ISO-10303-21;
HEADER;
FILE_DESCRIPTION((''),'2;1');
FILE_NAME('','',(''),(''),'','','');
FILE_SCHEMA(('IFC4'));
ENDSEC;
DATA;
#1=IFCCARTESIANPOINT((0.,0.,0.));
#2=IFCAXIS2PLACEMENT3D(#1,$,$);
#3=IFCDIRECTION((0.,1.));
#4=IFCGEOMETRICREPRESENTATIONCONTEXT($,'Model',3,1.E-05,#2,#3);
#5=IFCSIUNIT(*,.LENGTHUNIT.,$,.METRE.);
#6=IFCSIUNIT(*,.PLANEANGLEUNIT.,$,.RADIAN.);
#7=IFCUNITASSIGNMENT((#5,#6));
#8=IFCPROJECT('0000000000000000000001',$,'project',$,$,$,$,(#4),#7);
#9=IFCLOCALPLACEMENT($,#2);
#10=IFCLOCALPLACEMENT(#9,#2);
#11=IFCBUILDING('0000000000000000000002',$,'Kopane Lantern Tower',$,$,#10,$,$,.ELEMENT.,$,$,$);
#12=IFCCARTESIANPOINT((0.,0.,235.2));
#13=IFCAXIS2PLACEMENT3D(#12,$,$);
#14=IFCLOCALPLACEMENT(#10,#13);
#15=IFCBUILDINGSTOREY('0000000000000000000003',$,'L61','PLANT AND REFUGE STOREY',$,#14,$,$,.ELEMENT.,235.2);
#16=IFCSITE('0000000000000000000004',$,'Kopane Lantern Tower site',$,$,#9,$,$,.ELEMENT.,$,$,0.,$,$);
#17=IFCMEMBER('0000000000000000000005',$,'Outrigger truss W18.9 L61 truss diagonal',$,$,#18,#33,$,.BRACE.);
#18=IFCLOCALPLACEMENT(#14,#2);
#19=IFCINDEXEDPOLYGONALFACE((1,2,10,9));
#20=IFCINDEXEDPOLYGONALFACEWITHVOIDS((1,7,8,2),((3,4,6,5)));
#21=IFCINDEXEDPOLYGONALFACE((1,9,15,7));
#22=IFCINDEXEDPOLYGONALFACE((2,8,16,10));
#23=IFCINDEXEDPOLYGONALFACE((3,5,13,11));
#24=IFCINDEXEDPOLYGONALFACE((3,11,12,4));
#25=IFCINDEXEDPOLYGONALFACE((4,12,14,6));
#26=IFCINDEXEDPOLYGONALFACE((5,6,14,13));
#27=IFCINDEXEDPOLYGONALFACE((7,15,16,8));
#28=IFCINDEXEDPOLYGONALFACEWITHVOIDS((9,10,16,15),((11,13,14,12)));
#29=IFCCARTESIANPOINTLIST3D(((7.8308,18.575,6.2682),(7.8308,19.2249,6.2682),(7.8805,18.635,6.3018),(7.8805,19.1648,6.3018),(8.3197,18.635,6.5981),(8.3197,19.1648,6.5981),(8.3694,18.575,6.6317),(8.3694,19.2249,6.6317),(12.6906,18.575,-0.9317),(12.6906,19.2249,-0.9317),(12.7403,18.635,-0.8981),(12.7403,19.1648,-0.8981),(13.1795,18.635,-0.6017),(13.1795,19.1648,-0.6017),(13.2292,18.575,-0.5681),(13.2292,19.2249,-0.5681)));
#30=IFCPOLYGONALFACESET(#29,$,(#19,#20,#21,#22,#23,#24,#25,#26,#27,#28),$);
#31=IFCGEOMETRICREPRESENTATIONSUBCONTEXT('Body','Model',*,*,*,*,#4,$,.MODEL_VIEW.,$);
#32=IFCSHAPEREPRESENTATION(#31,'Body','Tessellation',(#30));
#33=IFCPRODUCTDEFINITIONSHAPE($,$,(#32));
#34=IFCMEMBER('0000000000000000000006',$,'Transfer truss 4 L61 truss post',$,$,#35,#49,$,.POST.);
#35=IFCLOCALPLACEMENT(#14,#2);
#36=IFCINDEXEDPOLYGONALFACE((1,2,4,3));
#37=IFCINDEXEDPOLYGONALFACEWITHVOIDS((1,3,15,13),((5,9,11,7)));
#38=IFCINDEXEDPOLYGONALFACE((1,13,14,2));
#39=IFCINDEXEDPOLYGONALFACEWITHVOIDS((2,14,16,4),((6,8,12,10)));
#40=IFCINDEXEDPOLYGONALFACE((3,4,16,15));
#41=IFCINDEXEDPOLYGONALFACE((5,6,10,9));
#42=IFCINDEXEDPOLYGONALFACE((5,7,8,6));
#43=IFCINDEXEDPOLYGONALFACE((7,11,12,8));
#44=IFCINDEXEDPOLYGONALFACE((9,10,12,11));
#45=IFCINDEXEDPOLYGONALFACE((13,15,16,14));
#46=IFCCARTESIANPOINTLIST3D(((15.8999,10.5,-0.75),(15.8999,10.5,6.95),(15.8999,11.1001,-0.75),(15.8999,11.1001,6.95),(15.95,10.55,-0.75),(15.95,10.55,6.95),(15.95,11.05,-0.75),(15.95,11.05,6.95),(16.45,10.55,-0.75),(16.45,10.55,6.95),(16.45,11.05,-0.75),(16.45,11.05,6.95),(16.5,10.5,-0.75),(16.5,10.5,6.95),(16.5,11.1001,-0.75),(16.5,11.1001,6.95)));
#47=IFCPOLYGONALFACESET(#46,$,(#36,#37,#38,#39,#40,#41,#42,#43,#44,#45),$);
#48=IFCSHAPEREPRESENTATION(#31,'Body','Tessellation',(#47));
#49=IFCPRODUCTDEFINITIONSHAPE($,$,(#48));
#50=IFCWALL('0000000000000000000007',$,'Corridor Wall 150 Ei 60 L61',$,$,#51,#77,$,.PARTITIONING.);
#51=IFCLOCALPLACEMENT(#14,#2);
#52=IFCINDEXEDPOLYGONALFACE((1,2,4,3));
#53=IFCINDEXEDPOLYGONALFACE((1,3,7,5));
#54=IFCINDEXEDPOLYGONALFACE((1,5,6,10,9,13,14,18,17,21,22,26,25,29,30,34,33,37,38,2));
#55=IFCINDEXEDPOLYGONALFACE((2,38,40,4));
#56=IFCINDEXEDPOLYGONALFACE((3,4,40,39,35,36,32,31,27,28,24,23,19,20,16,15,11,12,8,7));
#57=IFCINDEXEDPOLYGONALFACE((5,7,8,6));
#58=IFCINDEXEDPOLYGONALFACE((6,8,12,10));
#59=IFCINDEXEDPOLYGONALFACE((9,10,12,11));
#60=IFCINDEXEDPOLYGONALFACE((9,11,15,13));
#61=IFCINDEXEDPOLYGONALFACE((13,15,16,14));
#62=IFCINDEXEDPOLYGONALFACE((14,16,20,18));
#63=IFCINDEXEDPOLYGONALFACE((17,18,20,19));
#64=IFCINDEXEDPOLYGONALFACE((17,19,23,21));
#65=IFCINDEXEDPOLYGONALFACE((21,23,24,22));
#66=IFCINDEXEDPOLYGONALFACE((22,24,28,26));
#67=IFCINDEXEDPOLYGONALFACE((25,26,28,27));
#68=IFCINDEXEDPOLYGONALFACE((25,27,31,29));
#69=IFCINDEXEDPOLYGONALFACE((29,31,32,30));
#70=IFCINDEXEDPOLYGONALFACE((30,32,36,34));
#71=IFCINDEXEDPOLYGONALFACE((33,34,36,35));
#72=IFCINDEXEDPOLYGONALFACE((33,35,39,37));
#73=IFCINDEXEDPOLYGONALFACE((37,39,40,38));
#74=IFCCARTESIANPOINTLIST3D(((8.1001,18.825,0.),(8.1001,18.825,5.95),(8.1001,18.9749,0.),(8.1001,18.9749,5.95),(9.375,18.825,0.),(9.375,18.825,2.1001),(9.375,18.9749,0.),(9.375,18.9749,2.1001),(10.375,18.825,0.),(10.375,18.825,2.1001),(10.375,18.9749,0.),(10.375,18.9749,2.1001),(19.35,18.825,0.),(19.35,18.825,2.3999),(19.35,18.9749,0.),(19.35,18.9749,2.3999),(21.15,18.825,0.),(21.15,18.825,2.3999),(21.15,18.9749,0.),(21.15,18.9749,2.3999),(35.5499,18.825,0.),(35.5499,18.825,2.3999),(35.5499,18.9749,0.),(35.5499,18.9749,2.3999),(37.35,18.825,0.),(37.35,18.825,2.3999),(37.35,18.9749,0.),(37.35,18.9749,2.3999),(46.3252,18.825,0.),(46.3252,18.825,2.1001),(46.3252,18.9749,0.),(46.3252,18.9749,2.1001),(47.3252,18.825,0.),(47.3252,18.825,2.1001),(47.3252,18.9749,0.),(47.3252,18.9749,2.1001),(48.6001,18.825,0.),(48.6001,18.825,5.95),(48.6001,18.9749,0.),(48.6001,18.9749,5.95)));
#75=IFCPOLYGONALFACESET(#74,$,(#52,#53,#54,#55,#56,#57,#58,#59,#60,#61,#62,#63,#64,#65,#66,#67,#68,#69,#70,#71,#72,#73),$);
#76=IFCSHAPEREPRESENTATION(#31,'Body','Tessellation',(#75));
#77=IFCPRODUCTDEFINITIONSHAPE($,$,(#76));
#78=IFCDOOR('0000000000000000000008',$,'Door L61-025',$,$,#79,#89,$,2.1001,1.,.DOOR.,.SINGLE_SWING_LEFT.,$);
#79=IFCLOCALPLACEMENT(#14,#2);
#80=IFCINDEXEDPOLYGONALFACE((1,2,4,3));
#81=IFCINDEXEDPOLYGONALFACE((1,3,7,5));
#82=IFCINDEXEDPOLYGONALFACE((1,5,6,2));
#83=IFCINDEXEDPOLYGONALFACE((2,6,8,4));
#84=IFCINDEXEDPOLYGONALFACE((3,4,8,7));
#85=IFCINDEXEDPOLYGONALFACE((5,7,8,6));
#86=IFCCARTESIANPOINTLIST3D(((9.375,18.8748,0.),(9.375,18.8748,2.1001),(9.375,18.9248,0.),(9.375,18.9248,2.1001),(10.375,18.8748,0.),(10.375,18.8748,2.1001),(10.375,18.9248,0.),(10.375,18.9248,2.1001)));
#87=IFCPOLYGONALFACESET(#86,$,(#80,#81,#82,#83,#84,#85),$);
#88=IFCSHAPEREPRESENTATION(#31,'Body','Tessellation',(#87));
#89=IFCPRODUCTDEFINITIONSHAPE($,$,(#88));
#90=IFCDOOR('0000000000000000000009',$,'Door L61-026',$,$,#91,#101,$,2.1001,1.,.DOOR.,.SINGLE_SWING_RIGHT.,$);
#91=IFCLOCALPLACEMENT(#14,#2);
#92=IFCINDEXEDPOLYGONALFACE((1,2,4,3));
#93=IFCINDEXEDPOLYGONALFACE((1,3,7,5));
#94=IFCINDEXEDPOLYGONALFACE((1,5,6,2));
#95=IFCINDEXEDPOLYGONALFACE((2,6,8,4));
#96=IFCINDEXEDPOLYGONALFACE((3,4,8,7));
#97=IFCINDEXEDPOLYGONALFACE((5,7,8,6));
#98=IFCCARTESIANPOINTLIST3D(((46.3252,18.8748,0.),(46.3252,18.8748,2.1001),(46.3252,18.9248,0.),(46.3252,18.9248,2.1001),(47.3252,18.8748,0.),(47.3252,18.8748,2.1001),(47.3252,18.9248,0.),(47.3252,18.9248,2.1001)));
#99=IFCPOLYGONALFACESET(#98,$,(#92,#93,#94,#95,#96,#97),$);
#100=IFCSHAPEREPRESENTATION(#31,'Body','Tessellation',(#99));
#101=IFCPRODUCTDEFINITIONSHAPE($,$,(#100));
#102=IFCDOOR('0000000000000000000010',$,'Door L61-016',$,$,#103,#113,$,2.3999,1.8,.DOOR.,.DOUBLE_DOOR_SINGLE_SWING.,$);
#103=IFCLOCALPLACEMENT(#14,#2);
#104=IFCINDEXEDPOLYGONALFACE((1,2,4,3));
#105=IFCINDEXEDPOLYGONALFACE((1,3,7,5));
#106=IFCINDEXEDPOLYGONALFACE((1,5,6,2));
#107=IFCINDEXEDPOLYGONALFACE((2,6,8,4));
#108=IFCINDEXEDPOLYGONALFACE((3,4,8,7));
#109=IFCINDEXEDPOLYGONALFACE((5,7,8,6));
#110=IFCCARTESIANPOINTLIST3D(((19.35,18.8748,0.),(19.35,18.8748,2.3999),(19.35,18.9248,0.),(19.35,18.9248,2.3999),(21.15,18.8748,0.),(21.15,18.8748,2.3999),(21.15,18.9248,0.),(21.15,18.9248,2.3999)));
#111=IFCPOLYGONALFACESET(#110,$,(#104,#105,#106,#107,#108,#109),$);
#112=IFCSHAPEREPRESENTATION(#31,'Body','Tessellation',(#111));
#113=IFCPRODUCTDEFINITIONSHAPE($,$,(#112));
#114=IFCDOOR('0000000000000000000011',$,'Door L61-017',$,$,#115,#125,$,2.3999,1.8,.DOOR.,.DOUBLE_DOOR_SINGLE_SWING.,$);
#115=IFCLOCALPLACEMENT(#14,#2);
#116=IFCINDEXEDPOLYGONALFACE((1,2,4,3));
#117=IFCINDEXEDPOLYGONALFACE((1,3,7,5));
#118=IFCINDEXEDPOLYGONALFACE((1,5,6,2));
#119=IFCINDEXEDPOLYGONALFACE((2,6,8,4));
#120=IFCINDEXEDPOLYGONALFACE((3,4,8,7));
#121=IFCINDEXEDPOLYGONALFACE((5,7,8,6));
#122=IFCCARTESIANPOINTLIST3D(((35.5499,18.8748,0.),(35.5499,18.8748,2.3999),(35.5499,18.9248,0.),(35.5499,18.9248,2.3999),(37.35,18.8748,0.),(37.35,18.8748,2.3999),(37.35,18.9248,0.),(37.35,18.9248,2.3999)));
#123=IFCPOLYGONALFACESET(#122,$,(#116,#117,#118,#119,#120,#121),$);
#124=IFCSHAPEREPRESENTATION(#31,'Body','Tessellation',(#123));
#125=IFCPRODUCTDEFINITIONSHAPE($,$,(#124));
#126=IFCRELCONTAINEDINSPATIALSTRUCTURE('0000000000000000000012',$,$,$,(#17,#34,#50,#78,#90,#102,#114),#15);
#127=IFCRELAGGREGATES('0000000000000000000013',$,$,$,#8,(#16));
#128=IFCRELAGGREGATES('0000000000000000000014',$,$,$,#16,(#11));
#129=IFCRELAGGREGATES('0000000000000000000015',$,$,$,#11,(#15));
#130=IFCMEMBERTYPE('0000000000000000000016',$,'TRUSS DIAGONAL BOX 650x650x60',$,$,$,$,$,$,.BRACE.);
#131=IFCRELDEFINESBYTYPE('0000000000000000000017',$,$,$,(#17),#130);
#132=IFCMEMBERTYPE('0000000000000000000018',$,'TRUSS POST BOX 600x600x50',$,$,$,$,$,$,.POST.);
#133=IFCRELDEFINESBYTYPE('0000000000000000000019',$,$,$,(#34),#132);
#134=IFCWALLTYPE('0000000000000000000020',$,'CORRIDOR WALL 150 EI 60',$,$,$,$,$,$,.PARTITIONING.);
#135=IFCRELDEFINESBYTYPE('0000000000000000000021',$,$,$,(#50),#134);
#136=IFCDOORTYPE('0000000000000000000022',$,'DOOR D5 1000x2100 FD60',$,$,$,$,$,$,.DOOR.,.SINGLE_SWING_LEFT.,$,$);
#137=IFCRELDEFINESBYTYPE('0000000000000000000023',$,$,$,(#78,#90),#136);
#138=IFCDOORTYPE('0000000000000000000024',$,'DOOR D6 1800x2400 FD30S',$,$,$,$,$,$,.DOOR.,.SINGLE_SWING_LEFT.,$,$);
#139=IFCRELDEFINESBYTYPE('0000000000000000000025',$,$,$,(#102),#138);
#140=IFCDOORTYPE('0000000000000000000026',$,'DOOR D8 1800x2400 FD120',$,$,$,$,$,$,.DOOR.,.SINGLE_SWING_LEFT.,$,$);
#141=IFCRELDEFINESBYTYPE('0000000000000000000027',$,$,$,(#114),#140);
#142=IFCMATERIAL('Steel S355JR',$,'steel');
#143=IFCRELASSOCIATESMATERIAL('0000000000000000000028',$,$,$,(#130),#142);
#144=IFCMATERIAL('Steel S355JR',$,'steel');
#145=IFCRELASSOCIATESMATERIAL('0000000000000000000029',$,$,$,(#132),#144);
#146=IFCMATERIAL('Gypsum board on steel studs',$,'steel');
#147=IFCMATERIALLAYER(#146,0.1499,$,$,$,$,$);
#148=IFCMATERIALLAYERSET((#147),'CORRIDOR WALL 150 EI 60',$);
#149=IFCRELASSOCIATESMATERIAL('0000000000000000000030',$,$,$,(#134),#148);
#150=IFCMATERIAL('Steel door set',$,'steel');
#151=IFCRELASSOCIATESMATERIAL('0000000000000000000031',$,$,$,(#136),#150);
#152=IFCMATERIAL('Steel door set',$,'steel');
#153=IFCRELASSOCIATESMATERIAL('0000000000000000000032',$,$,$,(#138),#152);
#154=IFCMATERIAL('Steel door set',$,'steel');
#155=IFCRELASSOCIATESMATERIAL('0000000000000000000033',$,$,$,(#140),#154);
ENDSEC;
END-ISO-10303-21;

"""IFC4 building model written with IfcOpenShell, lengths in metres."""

from ifc_helpers import new_model, si_unit, direction, frame, frame_2d, origin, origin_2d, place, context, subcontext, project, spatial, rectangle, hollow_rectangle, extrude, material, layer, layer_set, material_profile, profile_set, type_object, element, fill, save


model = new_model("IFC4")

# Units and contexts
model_context = context("Model", 3, precision=1e-05, world=origin(), true_north=direction((0.0, 1.0)))
body_context = subcontext(model_context, "Body", "Model", "MODEL_VIEW")
ifc_project = project(units=[si_unit("LENGTHUNIT", "METRE"), si_unit("PLANEANGLEUNIT", "RADIAN")], contexts=[model_context])

# Site, building, storey
site_placement = place(None, origin())
site = spatial("IfcSite", under=ifc_project, at=site_placement, Name="Kopane Lantern Tower site", CompositionType="ELEMENT", RefElevation=0.0)
building_placement = place(site_placement, origin())
building = spatial("IfcBuilding", under=site, at=building_placement, Name="Kopane Lantern Tower", CompositionType="ELEMENT")
storey_placement = place(building_placement, frame((0.0, 0.0, 235.2)))
storey = spatial("IfcBuildingStorey", under=building, at=storey_placement, Name="L61", Description="PLANT AND REFUGE STOREY", CompositionType="ELEMENT", Elevation=235.2)

# Members
ifc_material_1 = material(Name="Steel S355JR", Category="steel")
ifc_material_profile_1 = material_profile(ifc_material_1, hollow_rectangle(XDim=0.6499, YDim=0.6499, WallThickness=0.0601, at=origin_2d()), Name="BOX 650x650x60")
ifc_profile_set_1 = profile_set([ifc_material_profile_1], Name="Steel S355JR")
member_type_1 = type_object("IfcMemberType", Name="TRUSS DIAGONAL BOX 650x650x60", PredefinedType="BRACE", material=ifc_profile_set_1)
member_1_placement = place(storey_placement, frame((8.1001, 18.8999, 6.45), z_axis=(0.559465, 0.0, -0.828854), x_axis=(0.0, 1.0, 0.0)))
element("IfcMember", 1, at=member_1_placement, inside=storey, type_object=member_type_1, Name="Outrigger truss W18.9 L61 truss diagonal", PredefinedType="BRACE", context=body_context, shape_type="SweptSolid", body=[
    extrude(hollow_rectangle(XDim=0.6499, YDim=0.6499, WallThickness=0.0601, at=origin_2d()), origin(), (0.0, 0.0, 1.0), 8.6865),
])
ifc_material_2 = material(Name="Steel S355JR", Category="steel")
ifc_material_profile_2 = material_profile(ifc_material_2, hollow_rectangle(XDim=0.6001, YDim=0.6001, WallThickness=0.05, at=origin_2d()), Name="BOX 600x600x50")
ifc_profile_set_2 = profile_set([ifc_material_profile_2], Name="Steel S355JR")
member_type_2 = type_object("IfcMemberType", Name="TRUSS POST BOX 600x600x50", PredefinedType="POST", material=ifc_profile_set_2)
member_2_placement = place(storey_placement, frame((16.2, 10.8, -0.75), z_axis=(0.0, 0.0, 1.0), x_axis=(1.0, 0.0, 0.0)))
element("IfcMember", 2, at=member_2_placement, inside=storey, type_object=member_type_2, Name="Transfer truss 4 L61 truss post", PredefinedType="POST", context=body_context, shape_type="SweptSolid", body=[
    extrude(hollow_rectangle(XDim=0.6001, YDim=0.6001, WallThickness=0.05, at=origin_2d()), origin(), (0.0, 0.0, 1.0), 7.7),
])

# Wall, openings, doors
ifc_material_3 = material(Name="Gypsum board on steel studs", Category="steel")
ifc_layer_1 = layer(ifc_material_3, 0.1499)
ifc_layer_set_1 = layer_set([ifc_layer_1], Name="CORRIDOR WALL 150 EI 60")
wall_type_1 = type_object("IfcWallType", Name="CORRIDOR WALL 150 EI 60", PredefinedType="PARTITIONING", material=ifc_layer_set_1)
wall_1_placement = place(storey_placement, frame((8.1001, 18.8999, 0.0), z_axis=(0.0, 0.0, 1.0), x_axis=(1.0, 0.0, 0.0)))
wall_1 = element("IfcWall", 3, at=wall_1_placement, inside=storey, type_object=wall_type_1, Name="Corridor Wall 150 Ei 60 L61", PredefinedType="PARTITIONING", context=body_context, shape_type="SweptSolid", body=[
    extrude(rectangle(XDim=40.5, YDim=0.1499, at=frame_2d((20.25, 0.0))), origin(), (0.0, 0.0, 1.0), 5.95),
])
opening_1_placement = place(wall_1_placement, frame((11.25, 0.0, 0.0)))
opening_1 = element("IfcOpeningElement", 4, at=opening_1_placement, cuts=wall_1, PredefinedType="OPENING", context=body_context, shape_type="SweptSolid", body=[
    extrude(rectangle(XDim=1.8, YDim=2.3999, at=frame_2d((0.8999, 1.2))), frame((0.0, 0.085, 0.0), z_axis=(0.0, -1.0, 0.0), x_axis=(1.0, 0.0, 0.0)), (0.0, 0.0, 1.0), 0.1699),
])
opening_2_placement = place(wall_1_placement, frame((27.45, 0.0, 0.0)))
opening_2 = element("IfcOpeningElement", 5, at=opening_2_placement, cuts=wall_1, PredefinedType="OPENING", context=body_context, shape_type="SweptSolid", body=[
    extrude(rectangle(XDim=1.8, YDim=2.3999, at=frame_2d((0.8999, 1.2))), frame((0.0, 0.085, 0.0), z_axis=(0.0, -1.0, 0.0), x_axis=(1.0, 0.0, 0.0)), (0.0, 0.0, 1.0), 0.1699),
])
opening_3_placement = place(wall_1_placement, frame((1.2749, 0.0, 0.0)))
opening_3 = element("IfcOpeningElement", 6, at=opening_3_placement, cuts=wall_1, PredefinedType="OPENING", context=body_context, shape_type="SweptSolid", body=[
    extrude(rectangle(XDim=1.0, YDim=2.1001, at=frame_2d((0.5, 1.05))), frame((0.0, 0.085, 0.0), z_axis=(0.0, -1.0, 0.0), x_axis=(1.0, 0.0, 0.0)), (0.0, 0.0, 1.0), 0.1699),
])
opening_4_placement = place(wall_1_placement, frame((38.2251, 0.0, 0.0)))
opening_4 = element("IfcOpeningElement", 7, at=opening_4_placement, cuts=wall_1, PredefinedType="OPENING", context=body_context, shape_type="SweptSolid", body=[
    extrude(rectangle(XDim=1.0, YDim=2.1001, at=frame_2d((0.5, 1.05))), frame((0.0, 0.085, 0.0), z_axis=(0.0, -1.0, 0.0), x_axis=(1.0, 0.0, 0.0)), (0.0, 0.0, 1.0), 0.1699),
])
ifc_material_4 = material(Name="Steel door set", Category="steel")
door_type_1 = type_object("IfcDoorType", Name="DOOR D5 1000x2100 FD60", OperationType="SINGLE_SWING_LEFT", PredefinedType="DOOR", material=ifc_material_4)
door_1_placement = place(opening_3_placement, origin())
door_1 = element("IfcDoor", 8, at=door_1_placement, inside=storey, type_object=door_type_1, Name="Door L61-025", OperationType="SINGLE_SWING_LEFT", OverallHeight=2.1001, OverallWidth=1.0, PredefinedType="DOOR", context=body_context, shape_type="SweptSolid", body=[
    extrude(rectangle(XDim=1.0, YDim=2.1001, at=frame_2d((0.5, 1.05))), frame((0.0, 0.0249, 0.0), z_axis=(0.0, -1.0, 0.0), x_axis=(1.0, 0.0, 0.0)), (0.0, 0.0, 1.0), 0.05),
])
fill(opening_3, door_1)
door_2_placement = place(opening_4_placement, origin())
door_2 = element("IfcDoor", 9, at=door_2_placement, inside=storey, type_object=door_type_1, Name="Door L61-026", OperationType="SINGLE_SWING_RIGHT", OverallHeight=2.1001, OverallWidth=1.0, PredefinedType="DOOR", context=body_context, shape_type="SweptSolid", body=[
    extrude(rectangle(XDim=1.0, YDim=2.1001, at=frame_2d((0.5, 1.05))), frame((0.0, 0.0249, 0.0), z_axis=(0.0, -1.0, 0.0), x_axis=(1.0, 0.0, 0.0)), (0.0, 0.0, 1.0), 0.05),
])
fill(opening_4, door_2)
ifc_material_5 = material(Name="Steel door set", Category="steel")
door_type_2 = type_object("IfcDoorType", Name="DOOR D6 1800x2400 FD30S", OperationType="SINGLE_SWING_LEFT", PredefinedType="DOOR", material=ifc_material_5)
door_3_placement = place(opening_1_placement, origin())
door_3 = element("IfcDoor", 10, at=door_3_placement, inside=storey, type_object=door_type_2, Name="Door L61-016", OperationType="DOUBLE_DOOR_SINGLE_SWING", OverallHeight=2.3999, OverallWidth=1.8, PredefinedType="DOOR", context=body_context, shape_type="SweptSolid", body=[
    extrude(rectangle(XDim=1.8, YDim=2.3999, at=frame_2d((0.8999, 1.2))), frame((0.0, 0.0249, 0.0), z_axis=(0.0, -1.0, 0.0), x_axis=(1.0, 0.0, 0.0)), (0.0, 0.0, 1.0), 0.05),
])
fill(opening_1, door_3)
ifc_material_6 = material(Name="Steel door set", Category="steel")
door_type_3 = type_object("IfcDoorType", Name="DOOR D8 1800x2400 FD120", OperationType="SINGLE_SWING_LEFT", PredefinedType="DOOR", material=ifc_material_6)
door_4_placement = place(opening_2_placement, origin())
door_4 = element("IfcDoor", 11, at=door_4_placement, inside=storey, type_object=door_type_3, Name="Door L61-017", OperationType="DOUBLE_DOOR_SINGLE_SWING", OverallHeight=2.3999, OverallWidth=1.8, PredefinedType="DOOR", context=body_context, shape_type="SweptSolid", body=[
    extrude(rectangle(XDim=1.8, YDim=2.3999, at=frame_2d((0.8999, 1.2))), frame((0.0, 0.0249, 0.0), z_axis=(0.0, -1.0, 0.0), x_axis=(1.0, 0.0, 0.0)), (0.0, 0.0, 1.0), 0.05),
])
fill(opening_2, door_4)

save(model, "model.ifc")
